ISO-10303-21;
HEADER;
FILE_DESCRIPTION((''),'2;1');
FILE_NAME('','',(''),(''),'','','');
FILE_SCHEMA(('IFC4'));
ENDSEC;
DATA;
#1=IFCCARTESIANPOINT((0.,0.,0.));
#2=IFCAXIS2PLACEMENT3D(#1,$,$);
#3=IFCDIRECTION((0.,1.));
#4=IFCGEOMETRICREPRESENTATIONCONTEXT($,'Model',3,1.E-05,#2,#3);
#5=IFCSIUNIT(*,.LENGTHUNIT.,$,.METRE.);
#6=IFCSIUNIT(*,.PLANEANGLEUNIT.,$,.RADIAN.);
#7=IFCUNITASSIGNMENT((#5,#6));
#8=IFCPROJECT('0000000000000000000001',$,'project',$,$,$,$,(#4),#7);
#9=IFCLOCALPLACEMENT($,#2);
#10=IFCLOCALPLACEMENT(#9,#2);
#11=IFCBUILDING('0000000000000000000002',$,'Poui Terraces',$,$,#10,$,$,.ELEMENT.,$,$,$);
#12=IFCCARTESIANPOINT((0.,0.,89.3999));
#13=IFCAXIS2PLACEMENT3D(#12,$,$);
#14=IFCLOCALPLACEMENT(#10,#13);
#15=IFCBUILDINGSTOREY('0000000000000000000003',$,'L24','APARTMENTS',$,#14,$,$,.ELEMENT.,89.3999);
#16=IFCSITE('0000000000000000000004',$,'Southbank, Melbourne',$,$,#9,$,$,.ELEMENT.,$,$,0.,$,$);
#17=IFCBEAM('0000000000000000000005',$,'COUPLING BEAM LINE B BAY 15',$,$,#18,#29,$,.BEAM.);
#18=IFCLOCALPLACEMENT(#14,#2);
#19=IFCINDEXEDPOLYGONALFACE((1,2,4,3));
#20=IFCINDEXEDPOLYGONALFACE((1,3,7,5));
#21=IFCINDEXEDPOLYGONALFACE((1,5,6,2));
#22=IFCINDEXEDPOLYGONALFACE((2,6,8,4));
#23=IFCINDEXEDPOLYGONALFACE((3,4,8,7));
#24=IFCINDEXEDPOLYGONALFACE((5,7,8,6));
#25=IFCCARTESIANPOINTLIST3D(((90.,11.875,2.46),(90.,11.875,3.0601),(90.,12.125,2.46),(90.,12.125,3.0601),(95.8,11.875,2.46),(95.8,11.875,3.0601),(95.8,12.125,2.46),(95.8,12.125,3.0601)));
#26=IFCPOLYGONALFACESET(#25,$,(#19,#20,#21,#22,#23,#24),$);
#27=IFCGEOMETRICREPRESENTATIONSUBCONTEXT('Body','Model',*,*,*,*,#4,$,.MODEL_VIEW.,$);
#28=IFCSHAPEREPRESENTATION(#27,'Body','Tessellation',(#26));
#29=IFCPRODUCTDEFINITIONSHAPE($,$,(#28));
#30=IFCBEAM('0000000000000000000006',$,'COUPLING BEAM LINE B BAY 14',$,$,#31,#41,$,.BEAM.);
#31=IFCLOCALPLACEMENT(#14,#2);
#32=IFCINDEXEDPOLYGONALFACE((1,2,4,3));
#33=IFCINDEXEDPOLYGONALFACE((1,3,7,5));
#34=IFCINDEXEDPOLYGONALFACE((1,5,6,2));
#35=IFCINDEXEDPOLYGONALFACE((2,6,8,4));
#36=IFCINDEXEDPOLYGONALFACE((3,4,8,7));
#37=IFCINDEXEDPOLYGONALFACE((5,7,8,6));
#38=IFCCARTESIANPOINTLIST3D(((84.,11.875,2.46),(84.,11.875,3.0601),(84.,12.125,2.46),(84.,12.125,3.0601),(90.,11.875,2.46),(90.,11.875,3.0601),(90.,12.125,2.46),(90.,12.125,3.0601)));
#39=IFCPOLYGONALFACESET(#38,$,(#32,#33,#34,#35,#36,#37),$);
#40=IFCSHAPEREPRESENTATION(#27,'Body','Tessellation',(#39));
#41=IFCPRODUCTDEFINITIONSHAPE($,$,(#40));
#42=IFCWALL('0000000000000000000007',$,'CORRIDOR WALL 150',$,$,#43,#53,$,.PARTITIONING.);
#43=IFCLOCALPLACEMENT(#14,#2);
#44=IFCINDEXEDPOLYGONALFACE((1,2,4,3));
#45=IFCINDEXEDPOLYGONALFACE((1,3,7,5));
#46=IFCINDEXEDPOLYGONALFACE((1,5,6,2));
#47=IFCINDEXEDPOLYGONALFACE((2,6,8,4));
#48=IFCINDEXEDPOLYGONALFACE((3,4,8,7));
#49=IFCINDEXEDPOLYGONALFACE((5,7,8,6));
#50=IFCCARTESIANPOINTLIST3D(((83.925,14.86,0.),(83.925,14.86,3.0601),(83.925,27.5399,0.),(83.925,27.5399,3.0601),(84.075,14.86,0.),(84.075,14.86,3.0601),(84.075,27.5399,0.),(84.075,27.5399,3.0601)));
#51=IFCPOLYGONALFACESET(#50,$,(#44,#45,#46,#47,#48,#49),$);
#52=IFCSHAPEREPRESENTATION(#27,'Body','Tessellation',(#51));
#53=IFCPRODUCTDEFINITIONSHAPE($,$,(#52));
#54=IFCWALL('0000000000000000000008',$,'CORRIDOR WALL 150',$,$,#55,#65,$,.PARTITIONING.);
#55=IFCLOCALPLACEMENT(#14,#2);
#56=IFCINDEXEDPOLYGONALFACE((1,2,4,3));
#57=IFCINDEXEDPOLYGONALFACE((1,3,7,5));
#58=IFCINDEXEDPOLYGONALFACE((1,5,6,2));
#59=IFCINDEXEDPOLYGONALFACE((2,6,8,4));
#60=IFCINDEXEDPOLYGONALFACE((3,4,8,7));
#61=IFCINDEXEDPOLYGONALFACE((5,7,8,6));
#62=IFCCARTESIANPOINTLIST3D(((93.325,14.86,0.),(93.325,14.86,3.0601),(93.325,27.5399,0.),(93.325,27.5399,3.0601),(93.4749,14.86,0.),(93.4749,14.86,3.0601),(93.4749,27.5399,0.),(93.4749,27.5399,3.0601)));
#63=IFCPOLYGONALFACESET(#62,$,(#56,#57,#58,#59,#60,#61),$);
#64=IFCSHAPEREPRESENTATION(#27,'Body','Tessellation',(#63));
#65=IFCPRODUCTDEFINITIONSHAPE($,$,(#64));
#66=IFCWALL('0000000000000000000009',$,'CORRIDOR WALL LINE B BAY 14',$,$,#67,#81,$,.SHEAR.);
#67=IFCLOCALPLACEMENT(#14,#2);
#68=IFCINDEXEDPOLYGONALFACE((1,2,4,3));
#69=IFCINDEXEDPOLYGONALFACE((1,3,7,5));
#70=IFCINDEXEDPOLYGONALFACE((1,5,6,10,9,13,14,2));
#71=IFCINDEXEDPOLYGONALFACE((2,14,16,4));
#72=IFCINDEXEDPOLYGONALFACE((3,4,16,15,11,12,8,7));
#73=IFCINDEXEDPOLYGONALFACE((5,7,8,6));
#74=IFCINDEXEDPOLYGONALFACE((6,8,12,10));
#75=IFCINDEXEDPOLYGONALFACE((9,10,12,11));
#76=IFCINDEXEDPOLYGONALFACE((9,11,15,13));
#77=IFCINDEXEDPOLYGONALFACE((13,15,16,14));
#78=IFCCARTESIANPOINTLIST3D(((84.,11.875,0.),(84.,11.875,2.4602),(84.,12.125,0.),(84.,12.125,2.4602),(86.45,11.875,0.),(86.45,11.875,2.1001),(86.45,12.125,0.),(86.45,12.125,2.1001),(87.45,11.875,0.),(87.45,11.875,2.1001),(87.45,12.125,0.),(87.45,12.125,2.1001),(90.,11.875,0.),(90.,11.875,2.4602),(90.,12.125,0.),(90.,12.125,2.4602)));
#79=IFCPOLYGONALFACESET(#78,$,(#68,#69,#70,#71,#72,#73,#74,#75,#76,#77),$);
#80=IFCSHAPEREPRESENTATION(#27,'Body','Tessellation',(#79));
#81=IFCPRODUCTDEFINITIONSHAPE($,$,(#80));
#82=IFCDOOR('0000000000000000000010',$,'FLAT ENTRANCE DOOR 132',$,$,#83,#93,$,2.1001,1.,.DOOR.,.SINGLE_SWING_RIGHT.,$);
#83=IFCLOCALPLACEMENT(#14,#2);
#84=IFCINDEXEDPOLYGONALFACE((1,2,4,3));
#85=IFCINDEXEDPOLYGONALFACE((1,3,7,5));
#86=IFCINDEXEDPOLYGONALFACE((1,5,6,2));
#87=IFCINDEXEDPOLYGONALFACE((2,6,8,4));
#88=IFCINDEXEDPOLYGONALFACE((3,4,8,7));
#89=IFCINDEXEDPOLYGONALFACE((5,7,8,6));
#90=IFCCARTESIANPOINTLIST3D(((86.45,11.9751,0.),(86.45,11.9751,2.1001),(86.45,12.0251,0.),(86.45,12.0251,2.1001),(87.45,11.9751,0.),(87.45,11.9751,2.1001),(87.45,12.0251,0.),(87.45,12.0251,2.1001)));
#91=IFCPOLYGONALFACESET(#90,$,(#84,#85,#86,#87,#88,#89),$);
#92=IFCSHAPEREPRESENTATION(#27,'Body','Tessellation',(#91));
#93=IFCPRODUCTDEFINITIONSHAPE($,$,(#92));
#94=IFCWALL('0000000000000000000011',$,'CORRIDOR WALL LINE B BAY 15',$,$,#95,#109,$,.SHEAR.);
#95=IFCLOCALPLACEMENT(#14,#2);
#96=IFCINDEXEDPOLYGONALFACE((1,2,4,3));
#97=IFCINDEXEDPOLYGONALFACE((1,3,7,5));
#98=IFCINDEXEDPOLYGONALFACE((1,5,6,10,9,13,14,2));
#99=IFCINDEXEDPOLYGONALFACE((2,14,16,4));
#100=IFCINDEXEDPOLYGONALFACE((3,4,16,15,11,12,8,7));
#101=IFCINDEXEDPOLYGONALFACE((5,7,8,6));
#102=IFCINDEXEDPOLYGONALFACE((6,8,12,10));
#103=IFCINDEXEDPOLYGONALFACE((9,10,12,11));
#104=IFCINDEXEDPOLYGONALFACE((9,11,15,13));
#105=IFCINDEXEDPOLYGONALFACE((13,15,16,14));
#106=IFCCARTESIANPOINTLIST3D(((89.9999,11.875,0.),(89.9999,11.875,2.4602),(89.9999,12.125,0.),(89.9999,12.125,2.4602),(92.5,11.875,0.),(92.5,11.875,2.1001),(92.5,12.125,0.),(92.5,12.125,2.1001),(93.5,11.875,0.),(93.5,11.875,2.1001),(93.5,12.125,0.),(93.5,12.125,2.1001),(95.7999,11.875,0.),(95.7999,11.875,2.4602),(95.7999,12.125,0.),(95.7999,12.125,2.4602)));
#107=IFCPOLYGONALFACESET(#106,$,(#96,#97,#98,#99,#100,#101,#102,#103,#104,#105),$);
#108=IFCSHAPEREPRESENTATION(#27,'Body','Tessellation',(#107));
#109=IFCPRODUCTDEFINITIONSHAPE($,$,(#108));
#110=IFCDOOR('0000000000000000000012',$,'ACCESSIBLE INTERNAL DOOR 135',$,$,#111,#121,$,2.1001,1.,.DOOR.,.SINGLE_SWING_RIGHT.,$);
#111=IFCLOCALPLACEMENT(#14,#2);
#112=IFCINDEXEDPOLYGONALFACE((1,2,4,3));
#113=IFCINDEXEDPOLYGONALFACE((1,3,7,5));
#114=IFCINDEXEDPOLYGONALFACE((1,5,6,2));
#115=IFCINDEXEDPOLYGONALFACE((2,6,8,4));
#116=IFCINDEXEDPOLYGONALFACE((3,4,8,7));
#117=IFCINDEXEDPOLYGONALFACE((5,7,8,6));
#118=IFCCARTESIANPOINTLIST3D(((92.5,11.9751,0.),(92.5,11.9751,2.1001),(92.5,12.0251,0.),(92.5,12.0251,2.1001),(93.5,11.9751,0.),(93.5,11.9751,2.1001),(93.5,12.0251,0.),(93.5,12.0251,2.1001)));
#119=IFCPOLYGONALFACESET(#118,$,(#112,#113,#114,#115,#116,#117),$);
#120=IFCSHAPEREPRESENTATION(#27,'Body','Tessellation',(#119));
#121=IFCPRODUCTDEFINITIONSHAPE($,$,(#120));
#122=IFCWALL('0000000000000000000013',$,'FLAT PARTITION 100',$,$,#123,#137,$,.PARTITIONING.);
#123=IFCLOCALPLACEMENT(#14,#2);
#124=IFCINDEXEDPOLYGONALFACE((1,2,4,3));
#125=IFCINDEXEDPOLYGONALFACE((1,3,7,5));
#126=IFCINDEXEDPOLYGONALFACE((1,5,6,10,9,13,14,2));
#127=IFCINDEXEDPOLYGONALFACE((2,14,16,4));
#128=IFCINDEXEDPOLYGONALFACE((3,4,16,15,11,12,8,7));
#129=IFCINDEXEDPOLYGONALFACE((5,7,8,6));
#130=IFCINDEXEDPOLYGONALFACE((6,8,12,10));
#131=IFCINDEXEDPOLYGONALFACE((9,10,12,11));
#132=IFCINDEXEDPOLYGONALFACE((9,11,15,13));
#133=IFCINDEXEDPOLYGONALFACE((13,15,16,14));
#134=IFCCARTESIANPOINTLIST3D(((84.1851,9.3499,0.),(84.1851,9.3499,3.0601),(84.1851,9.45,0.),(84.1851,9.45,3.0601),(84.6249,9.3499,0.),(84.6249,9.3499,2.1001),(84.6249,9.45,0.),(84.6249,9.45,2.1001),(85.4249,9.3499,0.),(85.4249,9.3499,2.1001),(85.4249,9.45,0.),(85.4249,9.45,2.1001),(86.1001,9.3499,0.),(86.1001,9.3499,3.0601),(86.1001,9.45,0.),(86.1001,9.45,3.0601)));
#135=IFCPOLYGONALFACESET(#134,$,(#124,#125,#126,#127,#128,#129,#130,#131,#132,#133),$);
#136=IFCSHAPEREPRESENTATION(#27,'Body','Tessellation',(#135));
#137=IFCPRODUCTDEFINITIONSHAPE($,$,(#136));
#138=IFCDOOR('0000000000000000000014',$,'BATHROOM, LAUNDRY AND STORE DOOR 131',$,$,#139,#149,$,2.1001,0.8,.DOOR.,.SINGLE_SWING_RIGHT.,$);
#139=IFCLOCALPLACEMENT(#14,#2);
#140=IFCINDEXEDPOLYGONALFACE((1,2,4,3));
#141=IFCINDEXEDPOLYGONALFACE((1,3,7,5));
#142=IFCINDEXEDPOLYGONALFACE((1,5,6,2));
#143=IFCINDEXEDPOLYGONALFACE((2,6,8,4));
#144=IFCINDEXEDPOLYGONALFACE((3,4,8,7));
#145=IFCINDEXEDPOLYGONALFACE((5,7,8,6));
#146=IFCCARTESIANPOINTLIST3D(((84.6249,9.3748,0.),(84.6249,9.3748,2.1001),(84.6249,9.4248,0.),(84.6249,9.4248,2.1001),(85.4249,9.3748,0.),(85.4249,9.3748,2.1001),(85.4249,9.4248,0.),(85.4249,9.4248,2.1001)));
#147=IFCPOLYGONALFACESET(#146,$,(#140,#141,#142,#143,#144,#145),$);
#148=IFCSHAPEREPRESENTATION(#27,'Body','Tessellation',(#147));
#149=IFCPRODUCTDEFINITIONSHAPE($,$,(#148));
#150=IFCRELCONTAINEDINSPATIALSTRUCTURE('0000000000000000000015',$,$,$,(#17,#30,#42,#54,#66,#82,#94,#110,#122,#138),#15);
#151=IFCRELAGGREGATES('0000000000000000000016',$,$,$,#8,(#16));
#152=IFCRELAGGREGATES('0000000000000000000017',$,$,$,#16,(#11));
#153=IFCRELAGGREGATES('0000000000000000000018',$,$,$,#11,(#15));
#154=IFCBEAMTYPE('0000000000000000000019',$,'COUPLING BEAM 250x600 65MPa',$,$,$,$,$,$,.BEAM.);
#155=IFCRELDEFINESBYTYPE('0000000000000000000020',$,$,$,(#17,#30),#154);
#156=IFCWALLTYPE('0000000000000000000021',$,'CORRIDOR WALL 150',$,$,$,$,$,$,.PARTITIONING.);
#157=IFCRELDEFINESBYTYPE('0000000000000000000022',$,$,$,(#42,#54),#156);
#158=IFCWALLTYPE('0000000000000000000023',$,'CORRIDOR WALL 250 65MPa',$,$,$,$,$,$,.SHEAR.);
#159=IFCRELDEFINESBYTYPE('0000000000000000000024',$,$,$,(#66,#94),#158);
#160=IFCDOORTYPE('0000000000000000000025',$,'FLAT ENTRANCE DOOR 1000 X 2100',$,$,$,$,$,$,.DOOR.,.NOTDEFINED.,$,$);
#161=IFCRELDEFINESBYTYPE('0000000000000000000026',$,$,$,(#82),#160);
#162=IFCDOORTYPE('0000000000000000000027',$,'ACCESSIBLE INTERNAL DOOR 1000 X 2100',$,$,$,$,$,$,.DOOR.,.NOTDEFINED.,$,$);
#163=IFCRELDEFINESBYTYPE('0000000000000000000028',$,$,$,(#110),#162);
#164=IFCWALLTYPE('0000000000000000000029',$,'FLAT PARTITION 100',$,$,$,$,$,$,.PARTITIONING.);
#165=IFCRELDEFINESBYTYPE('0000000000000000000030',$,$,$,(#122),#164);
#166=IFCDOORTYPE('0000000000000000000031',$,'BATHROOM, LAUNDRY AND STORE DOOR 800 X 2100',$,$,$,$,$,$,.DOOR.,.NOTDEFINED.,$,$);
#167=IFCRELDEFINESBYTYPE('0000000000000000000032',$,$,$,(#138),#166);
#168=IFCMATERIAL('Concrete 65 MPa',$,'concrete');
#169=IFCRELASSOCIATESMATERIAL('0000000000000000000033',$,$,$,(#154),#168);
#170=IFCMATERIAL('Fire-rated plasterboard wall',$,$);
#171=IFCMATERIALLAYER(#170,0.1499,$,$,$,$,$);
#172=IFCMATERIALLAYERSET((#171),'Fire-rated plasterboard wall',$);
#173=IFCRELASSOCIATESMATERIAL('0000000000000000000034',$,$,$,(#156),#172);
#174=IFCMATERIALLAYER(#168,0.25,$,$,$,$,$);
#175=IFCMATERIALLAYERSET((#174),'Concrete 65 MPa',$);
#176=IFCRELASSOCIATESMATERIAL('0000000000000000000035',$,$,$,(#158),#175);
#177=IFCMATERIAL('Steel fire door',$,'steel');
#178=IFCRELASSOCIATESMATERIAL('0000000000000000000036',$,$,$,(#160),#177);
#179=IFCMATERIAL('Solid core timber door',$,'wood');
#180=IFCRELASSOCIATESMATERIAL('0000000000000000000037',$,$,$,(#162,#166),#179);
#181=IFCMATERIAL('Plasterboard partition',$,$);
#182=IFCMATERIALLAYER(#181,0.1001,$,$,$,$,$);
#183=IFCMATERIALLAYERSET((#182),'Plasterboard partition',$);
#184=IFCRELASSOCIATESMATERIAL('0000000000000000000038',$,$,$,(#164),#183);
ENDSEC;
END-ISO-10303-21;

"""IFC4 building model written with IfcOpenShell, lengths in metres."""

from ifc_helpers import new_model, si_unit, direction, frame, frame_2d, origin, origin_2d, place, context, subcontext, project, spatial, rectangle, extrude, source, transform, mapped, material, layer, layer_set, material_profile, profile_set, type_object, element, fill, save


model = new_model("IFC4")

# Units and contexts
model_context = context("Model", 3, precision=1e-05, world=origin(), true_north=direction((0.0, 1.0)))
body_context = subcontext(model_context, "Body", "Model", "MODEL_VIEW")
ifc_project = project(units=[si_unit("LENGTHUNIT", "METRE"), si_unit("PLANEANGLEUNIT", "RADIAN")], contexts=[model_context])

# Site, building, storey
site_placement = place(None, origin())
site = spatial("IfcSite", under=ifc_project, at=site_placement, Name="Southbank, Melbourne", CompositionType="ELEMENT", RefElevation=0.0)
building_placement = place(site_placement, origin())
building = spatial("IfcBuilding", under=site, at=building_placement, Name="Poui Terraces", CompositionType="ELEMENT")
storey_placement = place(building_placement, frame((0.0, 0.0, 89.3999)))
storey = spatial("IfcBuildingStorey", under=building, at=storey_placement, Name="L24", Description="APARTMENTS", CompositionType="ELEMENT", Elevation=89.3999)

# Beams
ifc_material_1 = material(Name="Concrete 65 MPa", Category="concrete")
ifc_material_profile = material_profile(ifc_material_1, rectangle(XDim=0.25, YDim=0.6001, at=origin_2d()), Name="RC 250x600")
ifc_profile_set = profile_set([ifc_material_profile], Name="Concrete 65 MPa")
beam_type = type_object("IfcBeamType", Name="COUPLING BEAM 250x600 65MPa", PredefinedType="BEAM", material=ifc_profile_set)
shared_shape_1 = source(origin(), body_context, "Body", "SweptSolid", [
    extrude(rectangle(XDim=0.25, YDim=0.6001, at=origin_2d()), origin(), (0.0, 0.0, 1.0), 5.8),
])
beam_1_placement = place(storey_placement, frame((90.0, 12.0, 2.76), z_axis=(1.0, 0.0, 0.0), x_axis=(0.0, 1.0, 0.0)))
element("IfcBeam", 1, at=beam_1_placement, inside=storey, type_object=beam_type, Name="COUPLING BEAM LINE B BAY 15", PredefinedType="BEAM", context=body_context, shape_type="MappedRepresentation", body=[
    mapped(shared_shape_1, transform((0.0, 0.0, 0.0))),
])
shared_shape_2 = source(origin(), body_context, "Body", "SweptSolid", [
    extrude(rectangle(XDim=0.25, YDim=0.6001, at=origin_2d()), origin(), (0.0, 0.0, 1.0), 6.0),
])
beam_2_placement = place(storey_placement, frame((84.0, 12.0, 2.76), z_axis=(1.0, 0.0, 0.0), x_axis=(0.0, 1.0, 0.0)))
element("IfcBeam", 2, at=beam_2_placement, inside=storey, type_object=beam_type, Name="COUPLING BEAM LINE B BAY 14", PredefinedType="BEAM", context=body_context, shape_type="MappedRepresentation", body=[
    mapped(shared_shape_2, transform((0.0, 0.0, 0.0))),
])

# Walls
ifc_material_2 = material(Name="Fire-rated plasterboard wall")
ifc_layer_1 = layer(ifc_material_2, 0.1499)
ifc_layer_set_1 = layer_set([ifc_layer_1], Name="Fire-rated plasterboard wall")
wall_type_1 = type_object("IfcWallType", Name="CORRIDOR WALL 150", PredefinedType="PARTITIONING", material=ifc_layer_set_1)
for number, where, z_axis, x_axis, name in (
    (3, (84.0, 14.8601, 0.0), (0.0, 0.0, 1.0), (0.0, 1.0, 0.0), "CORRIDOR WALL 150"),
    (4, (93.3999, 14.8601, 0.0), (0.0, 0.0, 1.0), (0.0, 1.0, 0.0), "CORRIDOR WALL 150"),
):
    element("IfcWall", number, at=place(storey_placement, frame(where, z_axis=z_axis, x_axis=x_axis)), inside=storey, type_object=wall_type_1, Name=name, PredefinedType="PARTITIONING", context=body_context, shape_type="SweptSolid", body=[
        extrude(rectangle(XDim=12.6799, YDim=0.1499, at=frame_2d((6.3398, 0.0))), origin(), (0.0, 0.0, 1.0), 3.0601),
    ])

# Walls, openings, doors
ifc_layer_2 = layer(ifc_material_1, 0.25)
ifc_layer_set_2 = layer_set([ifc_layer_2], Name="Concrete 65 MPa")
wall_type_2 = type_object("IfcWallType", Name="CORRIDOR WALL 250 65MPa", PredefinedType="SHEAR", material=ifc_layer_set_2)
wall_1_placement = place(storey_placement, frame((84.0, 12.0, 0.0), z_axis=(0.0, 0.0, 1.0), x_axis=(1.0, 0.0, 0.0)))
wall_1 = element("IfcWall", 5, at=wall_1_placement, inside=storey, type_object=wall_type_2, Name="CORRIDOR WALL LINE B BAY 14", PredefinedType="SHEAR", context=body_context, shape_type="SweptSolid", body=[
    extrude(rectangle(XDim=6.0, YDim=0.25, at=frame_2d((3.0, 0.0))), origin(), (0.0, 0.0, 1.0), 2.4602),
])
opening_1_placement = place(wall_1_placement, frame((2.45, 0.0, 0.0)))
opening_1 = element("IfcOpeningElement", 6, at=opening_1_placement, cuts=wall_1, PredefinedType="OPENING", context=body_context, shape_type="SweptSolid", body=[
    extrude(rectangle(XDim=1.0, YDim=2.1001, at=frame_2d((0.5, 1.05))), frame((0.0, 0.135, 0.0), z_axis=(0.0, -1.0, 0.0), x_axis=(1.0, 0.0, 0.0)), (0.0, 0.0, 1.0), 0.27),
])
ifc_material_3 = material(Name="Steel fire door", Category="steel")
door_type_1 = type_object("IfcDoorType", Name="FLAT ENTRANCE DOOR 1000 X 2100", OperationType="NOTDEFINED", PredefinedType="DOOR", material=ifc_material_3)
door_1_placement = place(opening_1_placement, frame((1.0, 0.0, 0.0), z_axis=(0.0, 0.0, 1.0), x_axis=(-1.0, 0.0, 0.0)))
door_1 = element("IfcDoor", 7, at=door_1_placement, inside=storey, type_object=door_type_1, Name="FLAT ENTRANCE DOOR 132", OperationType="SINGLE_SWING_RIGHT", OverallHeight=2.1001, OverallWidth=1.0, PredefinedType="DOOR", context=body_context, shape_type="SweptSolid", body=[
    extrude(rectangle(XDim=1.0, YDim=2.1001, at=frame_2d((0.5, 1.05))), frame((0.0, 0.0249, 0.0), z_axis=(0.0, -1.0, 0.0), x_axis=(1.0, 0.0, 0.0)), (0.0, 0.0, 1.0), 0.05),
])
fill(opening_1, door_1)
wall_2_placement = place(storey_placement, frame((90.0, 12.0, 0.0), z_axis=(0.0, 0.0, 1.0), x_axis=(1.0, 0.0, 0.0)))
wall_2 = element("IfcWall", 8, at=wall_2_placement, inside=storey, type_object=wall_type_2, Name="CORRIDOR WALL LINE B BAY 15", PredefinedType="SHEAR", context=body_context, shape_type="SweptSolid", body=[
    extrude(rectangle(XDim=5.8, YDim=0.25, at=frame_2d((2.8999, 0.0))), origin(), (0.0, 0.0, 1.0), 2.4602),
])
opening_2_placement = place(wall_2_placement, frame((2.5, 0.0, 0.0)))
opening_2 = element("IfcOpeningElement", 9, at=opening_2_placement, cuts=wall_2, PredefinedType="OPENING", context=body_context, shape_type="SweptSolid", body=[
    extrude(rectangle(XDim=1.0, YDim=2.1001, at=frame_2d((0.5, 1.05))), frame((0.0, 0.135, 0.0), z_axis=(0.0, -1.0, 0.0), x_axis=(1.0, 0.0, 0.0)), (0.0, 0.0, 1.0), 0.27),
])
ifc_material_4 = material(Name="Solid core timber door", Category="wood")
door_type_2 = type_object("IfcDoorType", Name="ACCESSIBLE INTERNAL DOOR 1000 X 2100", OperationType="NOTDEFINED", PredefinedType="DOOR", material=ifc_material_4)
door_2_placement = place(opening_2_placement, frame((1.0, 0.0, 0.0), z_axis=(0.0, 0.0, 1.0), x_axis=(-1.0, 0.0, 0.0)))
door_2 = element("IfcDoor", 10, at=door_2_placement, inside=storey, type_object=door_type_2, Name="ACCESSIBLE INTERNAL DOOR 135", OperationType="SINGLE_SWING_RIGHT", OverallHeight=2.1001, OverallWidth=1.0, PredefinedType="DOOR", context=body_context, shape_type="SweptSolid", body=[
    extrude(rectangle(XDim=1.0, YDim=2.1001, at=frame_2d((0.5, 1.05))), frame((0.0, 0.0249, 0.0), z_axis=(0.0, -1.0, 0.0), x_axis=(1.0, 0.0, 0.0)), (0.0, 0.0, 1.0), 0.05),
])
fill(opening_2, door_2)
ifc_material_5 = material(Name="Plasterboard partition")
ifc_layer_3 = layer(ifc_material_5, 0.1001)
ifc_layer_set_3 = layer_set([ifc_layer_3], Name="Plasterboard partition")
wall_type_3 = type_object("IfcWallType", Name="FLAT PARTITION 100", PredefinedType="PARTITIONING", material=ifc_layer_set_3)
wall_3_placement = place(storey_placement, frame((84.1851, 9.3999, 0.0), z_axis=(0.0, 0.0, 1.0), x_axis=(1.0, 0.0, 0.0)))
wall_3 = element("IfcWall", 11, at=wall_3_placement, inside=storey, type_object=wall_type_3, Name="FLAT PARTITION 100", PredefinedType="PARTITIONING", context=body_context, shape_type="SweptSolid", body=[
    extrude(rectangle(XDim=1.915, YDim=0.1001, at=frame_2d((0.9575, 0.0))), origin(), (0.0, 0.0, 1.0), 3.0601),
])
opening_3_placement = place(wall_3_placement, frame((0.4399, 0.0, 0.0)))
opening_3 = element("IfcOpeningElement", 12, at=opening_3_placement, cuts=wall_3, PredefinedType="OPENING", context=body_context, shape_type="SweptSolid", body=[
    extrude(rectangle(XDim=0.8, YDim=2.1001, at=frame_2d((0.3999, 1.05))), frame((0.0, 0.0601, 0.0), z_axis=(0.0, -1.0, 0.0), x_axis=(1.0, 0.0, 0.0)), (0.0, 0.0, 1.0), 0.1201),
])
door_type_3 = type_object("IfcDoorType", Name="BATHROOM, LAUNDRY AND STORE DOOR 800 X 2100", OperationType="NOTDEFINED", PredefinedType="DOOR", material=ifc_material_4)
door_3_placement = place(opening_3_placement, origin())
door_3 = element("IfcDoor", 13, at=door_3_placement, inside=storey, type_object=door_type_3, Name="BATHROOM, LAUNDRY AND STORE DOOR 131", OperationType="SINGLE_SWING_RIGHT", OverallHeight=2.1001, OverallWidth=0.8, PredefinedType="DOOR", context=body_context, shape_type="SweptSolid", body=[
    extrude(rectangle(XDim=0.8, YDim=2.1001, at=frame_2d((0.3999, 1.05))), frame((0.0, 0.0249, 0.0), z_axis=(0.0, -1.0, 0.0), x_axis=(1.0, 0.0, 0.0)), (0.0, 0.0, 1.0), 0.05),
])
fill(opening_3, door_3)

save(model, "model.ifc")
